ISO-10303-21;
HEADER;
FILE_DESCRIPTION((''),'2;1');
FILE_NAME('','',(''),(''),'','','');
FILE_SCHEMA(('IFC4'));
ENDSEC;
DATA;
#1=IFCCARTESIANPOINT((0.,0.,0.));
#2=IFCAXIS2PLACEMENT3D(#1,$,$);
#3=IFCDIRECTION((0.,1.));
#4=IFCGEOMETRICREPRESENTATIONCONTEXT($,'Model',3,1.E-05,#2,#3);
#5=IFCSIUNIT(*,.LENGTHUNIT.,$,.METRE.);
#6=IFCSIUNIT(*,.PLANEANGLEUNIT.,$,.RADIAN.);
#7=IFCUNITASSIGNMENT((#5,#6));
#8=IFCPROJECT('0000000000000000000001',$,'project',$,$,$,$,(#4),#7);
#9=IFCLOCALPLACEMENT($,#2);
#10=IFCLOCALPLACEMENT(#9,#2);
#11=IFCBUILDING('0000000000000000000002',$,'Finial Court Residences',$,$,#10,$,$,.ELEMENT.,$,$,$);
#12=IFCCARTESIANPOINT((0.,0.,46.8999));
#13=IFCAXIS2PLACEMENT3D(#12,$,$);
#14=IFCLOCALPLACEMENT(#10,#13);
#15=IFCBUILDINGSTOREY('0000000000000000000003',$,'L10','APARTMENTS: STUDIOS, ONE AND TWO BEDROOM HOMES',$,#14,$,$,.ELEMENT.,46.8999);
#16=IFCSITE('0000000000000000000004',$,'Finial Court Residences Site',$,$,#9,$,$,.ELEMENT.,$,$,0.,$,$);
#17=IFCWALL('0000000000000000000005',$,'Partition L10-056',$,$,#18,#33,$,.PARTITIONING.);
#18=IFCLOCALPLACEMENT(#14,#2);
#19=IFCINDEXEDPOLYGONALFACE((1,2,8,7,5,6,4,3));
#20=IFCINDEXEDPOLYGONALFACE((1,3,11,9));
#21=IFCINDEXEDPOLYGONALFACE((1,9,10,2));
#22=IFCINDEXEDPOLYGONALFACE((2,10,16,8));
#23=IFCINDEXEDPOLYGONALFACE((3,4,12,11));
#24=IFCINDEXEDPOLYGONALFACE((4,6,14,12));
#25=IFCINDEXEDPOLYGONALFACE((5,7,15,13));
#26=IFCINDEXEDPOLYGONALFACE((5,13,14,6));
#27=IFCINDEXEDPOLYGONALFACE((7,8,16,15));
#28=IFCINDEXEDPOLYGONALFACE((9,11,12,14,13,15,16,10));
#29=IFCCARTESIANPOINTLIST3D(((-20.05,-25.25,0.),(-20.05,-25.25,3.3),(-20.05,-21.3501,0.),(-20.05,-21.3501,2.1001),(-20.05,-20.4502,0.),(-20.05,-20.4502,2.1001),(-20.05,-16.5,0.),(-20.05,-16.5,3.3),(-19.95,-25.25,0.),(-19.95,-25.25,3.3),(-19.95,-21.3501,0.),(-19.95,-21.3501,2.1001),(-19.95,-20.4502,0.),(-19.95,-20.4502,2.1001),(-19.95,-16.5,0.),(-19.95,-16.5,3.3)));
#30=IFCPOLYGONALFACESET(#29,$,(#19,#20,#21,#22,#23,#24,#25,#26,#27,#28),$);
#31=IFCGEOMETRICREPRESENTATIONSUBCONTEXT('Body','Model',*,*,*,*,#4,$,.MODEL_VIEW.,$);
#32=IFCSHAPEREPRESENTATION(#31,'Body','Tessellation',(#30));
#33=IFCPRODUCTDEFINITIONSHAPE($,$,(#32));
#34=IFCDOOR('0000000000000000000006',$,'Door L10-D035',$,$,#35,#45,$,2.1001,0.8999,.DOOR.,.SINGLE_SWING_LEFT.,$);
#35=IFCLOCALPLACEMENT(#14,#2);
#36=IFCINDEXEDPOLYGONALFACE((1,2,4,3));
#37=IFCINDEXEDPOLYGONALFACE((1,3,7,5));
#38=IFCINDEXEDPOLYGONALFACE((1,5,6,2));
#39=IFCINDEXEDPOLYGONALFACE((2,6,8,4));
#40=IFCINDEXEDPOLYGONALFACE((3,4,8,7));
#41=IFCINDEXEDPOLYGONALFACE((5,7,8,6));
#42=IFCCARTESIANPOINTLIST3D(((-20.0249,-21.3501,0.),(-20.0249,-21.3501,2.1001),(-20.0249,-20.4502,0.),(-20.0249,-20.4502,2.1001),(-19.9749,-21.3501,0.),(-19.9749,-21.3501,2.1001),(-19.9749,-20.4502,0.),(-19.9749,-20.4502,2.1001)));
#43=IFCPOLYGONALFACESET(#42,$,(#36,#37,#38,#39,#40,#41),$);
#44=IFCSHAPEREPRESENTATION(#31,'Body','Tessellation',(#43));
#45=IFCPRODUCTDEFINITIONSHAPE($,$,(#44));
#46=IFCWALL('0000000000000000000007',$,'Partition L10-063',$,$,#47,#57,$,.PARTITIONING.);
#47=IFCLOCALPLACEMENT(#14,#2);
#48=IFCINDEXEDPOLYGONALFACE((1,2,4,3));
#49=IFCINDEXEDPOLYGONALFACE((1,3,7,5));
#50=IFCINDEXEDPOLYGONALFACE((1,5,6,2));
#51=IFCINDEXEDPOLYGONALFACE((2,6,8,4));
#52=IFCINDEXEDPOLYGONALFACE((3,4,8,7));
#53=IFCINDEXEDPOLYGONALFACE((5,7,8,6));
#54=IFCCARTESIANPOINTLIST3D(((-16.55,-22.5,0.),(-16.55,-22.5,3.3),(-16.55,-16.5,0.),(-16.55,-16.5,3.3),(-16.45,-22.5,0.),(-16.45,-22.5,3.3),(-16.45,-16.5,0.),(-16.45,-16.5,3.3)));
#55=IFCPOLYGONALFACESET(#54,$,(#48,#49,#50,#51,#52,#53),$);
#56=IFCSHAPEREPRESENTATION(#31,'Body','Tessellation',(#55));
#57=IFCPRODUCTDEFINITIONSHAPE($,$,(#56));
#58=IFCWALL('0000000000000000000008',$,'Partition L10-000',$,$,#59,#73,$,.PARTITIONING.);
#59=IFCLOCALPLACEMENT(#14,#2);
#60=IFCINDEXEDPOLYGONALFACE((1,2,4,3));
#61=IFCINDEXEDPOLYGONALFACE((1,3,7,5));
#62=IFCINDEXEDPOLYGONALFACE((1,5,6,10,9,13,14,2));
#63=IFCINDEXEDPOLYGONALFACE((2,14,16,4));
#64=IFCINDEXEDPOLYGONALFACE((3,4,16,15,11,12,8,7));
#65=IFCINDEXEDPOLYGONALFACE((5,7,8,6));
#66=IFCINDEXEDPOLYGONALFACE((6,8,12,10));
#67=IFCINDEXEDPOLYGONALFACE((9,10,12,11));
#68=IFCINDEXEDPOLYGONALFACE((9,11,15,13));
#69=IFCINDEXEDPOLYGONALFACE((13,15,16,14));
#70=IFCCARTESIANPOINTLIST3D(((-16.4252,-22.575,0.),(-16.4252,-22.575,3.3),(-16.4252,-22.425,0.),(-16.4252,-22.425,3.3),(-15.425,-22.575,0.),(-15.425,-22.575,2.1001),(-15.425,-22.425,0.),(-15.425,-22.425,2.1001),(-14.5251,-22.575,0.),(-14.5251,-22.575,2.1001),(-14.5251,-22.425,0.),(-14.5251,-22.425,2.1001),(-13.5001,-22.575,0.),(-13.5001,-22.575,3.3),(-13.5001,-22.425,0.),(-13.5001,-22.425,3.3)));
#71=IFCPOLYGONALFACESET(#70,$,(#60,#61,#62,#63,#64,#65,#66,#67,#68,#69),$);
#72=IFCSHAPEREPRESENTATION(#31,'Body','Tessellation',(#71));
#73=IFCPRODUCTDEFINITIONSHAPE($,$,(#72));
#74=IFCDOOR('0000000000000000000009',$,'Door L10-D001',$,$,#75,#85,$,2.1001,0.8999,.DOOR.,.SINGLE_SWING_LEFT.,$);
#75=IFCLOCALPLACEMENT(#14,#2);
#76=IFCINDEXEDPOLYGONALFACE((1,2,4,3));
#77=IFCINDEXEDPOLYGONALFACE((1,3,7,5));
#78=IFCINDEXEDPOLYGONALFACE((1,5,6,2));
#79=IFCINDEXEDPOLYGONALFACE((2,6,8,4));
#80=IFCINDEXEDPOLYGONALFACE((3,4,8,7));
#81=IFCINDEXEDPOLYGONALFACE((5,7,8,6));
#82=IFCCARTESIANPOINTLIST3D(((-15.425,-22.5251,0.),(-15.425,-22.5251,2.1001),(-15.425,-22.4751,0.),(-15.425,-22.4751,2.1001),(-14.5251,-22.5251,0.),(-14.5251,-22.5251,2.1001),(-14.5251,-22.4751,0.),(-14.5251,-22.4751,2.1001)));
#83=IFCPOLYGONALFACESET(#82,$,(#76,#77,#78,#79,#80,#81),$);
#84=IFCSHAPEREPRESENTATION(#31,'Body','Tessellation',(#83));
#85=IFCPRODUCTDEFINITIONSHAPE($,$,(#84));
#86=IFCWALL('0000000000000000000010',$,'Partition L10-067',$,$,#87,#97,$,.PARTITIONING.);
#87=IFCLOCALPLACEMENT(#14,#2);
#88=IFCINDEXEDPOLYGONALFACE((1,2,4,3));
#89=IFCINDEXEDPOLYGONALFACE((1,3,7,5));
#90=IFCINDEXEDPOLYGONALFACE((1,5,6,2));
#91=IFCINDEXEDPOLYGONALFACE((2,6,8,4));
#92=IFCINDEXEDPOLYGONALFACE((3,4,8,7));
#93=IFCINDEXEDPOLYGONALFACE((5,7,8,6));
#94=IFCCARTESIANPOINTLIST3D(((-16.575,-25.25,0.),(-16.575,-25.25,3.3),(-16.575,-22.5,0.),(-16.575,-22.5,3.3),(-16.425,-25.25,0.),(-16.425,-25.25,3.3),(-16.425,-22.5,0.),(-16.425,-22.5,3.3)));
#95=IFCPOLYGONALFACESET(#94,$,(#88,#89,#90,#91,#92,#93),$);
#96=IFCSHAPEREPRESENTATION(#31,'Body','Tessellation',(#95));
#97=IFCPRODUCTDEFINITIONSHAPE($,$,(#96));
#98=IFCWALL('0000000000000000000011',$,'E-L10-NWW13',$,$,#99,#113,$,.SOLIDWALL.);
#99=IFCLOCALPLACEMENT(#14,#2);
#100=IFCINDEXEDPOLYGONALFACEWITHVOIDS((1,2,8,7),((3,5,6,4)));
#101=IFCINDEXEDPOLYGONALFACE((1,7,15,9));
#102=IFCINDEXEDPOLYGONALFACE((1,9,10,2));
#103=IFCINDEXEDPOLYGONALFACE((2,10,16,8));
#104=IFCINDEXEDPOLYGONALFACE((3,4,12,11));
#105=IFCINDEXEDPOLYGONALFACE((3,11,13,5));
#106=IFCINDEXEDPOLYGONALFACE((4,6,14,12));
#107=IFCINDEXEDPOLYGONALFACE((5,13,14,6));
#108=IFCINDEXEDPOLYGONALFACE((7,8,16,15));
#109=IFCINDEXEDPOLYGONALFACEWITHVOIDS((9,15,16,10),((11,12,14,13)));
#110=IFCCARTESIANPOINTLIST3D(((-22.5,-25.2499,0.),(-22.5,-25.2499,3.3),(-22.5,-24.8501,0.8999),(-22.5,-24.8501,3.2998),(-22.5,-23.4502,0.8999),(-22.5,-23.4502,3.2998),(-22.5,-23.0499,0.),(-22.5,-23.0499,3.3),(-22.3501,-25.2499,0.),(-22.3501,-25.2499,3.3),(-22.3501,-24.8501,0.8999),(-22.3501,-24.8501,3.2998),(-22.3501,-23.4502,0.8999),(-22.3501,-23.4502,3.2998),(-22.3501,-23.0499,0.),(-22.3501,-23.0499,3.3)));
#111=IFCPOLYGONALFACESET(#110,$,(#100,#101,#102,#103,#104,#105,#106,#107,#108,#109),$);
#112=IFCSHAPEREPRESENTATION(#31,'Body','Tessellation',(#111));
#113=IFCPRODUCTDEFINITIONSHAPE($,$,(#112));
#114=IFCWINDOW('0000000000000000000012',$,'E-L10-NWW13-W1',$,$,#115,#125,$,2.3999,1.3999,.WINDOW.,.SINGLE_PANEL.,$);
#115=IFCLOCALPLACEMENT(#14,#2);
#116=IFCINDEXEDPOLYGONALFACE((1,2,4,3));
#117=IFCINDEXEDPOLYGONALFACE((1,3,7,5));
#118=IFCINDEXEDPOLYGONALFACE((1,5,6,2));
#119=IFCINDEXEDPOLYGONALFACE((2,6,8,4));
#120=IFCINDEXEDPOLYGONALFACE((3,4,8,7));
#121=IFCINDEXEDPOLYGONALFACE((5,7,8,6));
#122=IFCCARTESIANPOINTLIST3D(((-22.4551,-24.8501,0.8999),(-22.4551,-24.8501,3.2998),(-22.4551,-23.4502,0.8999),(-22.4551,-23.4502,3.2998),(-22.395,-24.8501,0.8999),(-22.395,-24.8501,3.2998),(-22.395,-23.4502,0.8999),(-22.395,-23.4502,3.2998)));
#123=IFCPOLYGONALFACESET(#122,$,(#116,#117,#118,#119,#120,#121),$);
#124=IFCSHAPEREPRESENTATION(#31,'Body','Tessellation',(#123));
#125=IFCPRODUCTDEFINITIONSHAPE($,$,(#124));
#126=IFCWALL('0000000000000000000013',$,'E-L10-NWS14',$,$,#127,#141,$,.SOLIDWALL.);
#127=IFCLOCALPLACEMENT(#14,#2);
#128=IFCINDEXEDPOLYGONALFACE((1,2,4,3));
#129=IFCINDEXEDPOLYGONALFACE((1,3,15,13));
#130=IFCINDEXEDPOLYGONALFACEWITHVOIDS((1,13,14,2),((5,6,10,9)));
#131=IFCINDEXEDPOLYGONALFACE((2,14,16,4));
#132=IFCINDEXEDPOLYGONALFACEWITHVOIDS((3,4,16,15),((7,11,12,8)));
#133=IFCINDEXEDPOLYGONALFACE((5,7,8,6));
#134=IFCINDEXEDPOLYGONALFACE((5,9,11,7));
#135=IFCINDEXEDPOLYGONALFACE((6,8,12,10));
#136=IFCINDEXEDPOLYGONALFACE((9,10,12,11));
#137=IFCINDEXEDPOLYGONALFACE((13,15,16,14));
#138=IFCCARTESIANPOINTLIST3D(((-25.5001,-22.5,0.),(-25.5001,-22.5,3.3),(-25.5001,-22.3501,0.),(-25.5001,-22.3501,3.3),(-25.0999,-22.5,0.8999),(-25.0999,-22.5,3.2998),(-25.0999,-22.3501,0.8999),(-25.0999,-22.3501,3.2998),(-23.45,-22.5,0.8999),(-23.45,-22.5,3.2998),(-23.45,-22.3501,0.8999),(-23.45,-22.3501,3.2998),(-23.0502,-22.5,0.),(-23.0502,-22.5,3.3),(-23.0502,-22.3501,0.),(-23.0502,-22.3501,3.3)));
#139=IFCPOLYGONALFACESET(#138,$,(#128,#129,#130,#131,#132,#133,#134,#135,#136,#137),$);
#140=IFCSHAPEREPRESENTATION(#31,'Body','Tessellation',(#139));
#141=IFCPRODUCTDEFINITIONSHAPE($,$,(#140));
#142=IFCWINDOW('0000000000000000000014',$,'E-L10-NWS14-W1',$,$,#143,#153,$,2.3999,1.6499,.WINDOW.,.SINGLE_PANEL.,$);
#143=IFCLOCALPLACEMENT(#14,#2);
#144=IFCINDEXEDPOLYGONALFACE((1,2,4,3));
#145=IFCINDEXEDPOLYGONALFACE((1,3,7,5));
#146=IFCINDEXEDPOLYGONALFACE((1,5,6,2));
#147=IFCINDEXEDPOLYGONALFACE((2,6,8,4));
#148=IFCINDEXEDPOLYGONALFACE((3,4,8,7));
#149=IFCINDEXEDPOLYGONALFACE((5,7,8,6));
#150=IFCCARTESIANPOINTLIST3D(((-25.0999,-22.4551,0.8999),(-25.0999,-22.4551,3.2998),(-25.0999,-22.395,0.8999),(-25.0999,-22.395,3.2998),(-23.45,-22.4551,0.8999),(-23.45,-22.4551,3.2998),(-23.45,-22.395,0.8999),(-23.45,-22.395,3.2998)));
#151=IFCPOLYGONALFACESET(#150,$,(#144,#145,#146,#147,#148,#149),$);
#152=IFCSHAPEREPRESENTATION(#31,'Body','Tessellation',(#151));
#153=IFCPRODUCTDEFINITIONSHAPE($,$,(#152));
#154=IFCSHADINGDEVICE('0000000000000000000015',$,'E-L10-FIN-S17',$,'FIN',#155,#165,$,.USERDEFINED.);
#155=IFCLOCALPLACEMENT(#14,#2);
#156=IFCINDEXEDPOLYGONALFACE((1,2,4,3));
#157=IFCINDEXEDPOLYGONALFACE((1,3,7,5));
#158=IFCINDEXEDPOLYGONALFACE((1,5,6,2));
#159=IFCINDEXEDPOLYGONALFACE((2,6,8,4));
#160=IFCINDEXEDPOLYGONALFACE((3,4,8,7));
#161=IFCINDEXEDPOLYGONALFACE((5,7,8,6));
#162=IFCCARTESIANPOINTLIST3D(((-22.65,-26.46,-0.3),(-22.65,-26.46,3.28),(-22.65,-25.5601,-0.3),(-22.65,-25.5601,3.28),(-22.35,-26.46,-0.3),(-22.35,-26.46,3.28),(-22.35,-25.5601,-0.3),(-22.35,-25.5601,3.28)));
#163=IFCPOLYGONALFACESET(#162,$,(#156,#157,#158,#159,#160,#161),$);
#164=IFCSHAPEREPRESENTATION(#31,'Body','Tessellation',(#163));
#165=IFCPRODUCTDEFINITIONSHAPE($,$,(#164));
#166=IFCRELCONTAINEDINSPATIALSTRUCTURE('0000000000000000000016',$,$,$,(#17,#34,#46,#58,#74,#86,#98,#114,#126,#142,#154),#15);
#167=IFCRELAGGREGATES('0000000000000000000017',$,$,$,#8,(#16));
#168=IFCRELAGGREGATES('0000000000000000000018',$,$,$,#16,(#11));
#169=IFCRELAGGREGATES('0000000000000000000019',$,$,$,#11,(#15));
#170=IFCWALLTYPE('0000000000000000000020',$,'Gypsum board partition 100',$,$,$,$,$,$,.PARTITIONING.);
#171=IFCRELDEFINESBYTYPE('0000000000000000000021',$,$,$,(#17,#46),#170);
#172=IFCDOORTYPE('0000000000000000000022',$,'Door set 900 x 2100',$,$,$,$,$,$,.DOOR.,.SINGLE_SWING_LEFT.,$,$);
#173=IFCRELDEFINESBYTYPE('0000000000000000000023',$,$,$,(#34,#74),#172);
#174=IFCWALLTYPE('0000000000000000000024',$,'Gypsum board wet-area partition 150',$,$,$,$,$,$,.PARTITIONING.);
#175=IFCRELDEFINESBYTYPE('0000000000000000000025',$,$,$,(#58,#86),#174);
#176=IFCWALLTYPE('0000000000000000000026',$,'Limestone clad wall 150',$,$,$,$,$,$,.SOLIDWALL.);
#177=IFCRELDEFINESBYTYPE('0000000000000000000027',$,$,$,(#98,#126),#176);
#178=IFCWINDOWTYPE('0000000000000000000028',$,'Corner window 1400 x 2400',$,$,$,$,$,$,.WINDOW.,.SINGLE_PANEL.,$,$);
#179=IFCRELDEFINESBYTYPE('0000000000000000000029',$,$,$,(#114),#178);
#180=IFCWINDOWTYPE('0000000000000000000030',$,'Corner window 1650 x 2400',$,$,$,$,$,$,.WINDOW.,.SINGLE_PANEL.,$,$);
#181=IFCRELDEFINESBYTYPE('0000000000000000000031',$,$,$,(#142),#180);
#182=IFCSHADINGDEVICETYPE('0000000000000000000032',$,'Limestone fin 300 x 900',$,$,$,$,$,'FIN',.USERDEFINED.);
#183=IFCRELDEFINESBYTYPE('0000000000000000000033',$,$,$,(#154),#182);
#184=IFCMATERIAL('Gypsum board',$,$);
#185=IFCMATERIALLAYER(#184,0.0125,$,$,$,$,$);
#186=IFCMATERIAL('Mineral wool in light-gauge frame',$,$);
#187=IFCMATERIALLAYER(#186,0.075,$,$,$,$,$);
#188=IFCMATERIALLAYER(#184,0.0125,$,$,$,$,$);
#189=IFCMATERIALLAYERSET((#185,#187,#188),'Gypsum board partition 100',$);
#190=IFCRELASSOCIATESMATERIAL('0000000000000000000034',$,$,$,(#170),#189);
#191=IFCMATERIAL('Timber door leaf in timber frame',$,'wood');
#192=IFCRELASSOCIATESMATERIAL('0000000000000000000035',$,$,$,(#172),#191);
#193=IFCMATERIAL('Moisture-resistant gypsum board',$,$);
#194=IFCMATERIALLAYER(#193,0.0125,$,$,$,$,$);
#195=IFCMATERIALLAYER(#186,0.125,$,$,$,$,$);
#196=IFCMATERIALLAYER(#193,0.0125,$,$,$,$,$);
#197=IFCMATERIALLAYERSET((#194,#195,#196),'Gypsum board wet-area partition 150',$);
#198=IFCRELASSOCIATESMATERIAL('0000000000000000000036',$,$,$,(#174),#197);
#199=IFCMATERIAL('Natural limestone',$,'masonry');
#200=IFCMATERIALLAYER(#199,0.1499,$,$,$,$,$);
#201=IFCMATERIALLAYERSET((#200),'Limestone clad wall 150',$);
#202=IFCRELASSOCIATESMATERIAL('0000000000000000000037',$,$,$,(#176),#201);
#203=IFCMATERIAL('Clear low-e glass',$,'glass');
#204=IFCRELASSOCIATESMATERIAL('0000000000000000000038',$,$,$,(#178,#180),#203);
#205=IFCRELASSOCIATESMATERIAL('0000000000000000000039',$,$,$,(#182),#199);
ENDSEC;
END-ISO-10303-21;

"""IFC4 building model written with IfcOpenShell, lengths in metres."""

from ifc_helpers import new_model, si_unit, direction, frame, frame_2d, origin, origin_2d, place, context, subcontext, project, spatial, rectangle, extrude, material, layer, layer_set, type_object, element, fill, save


model = new_model("IFC4")

# Units and contexts
model_context = context("Model", 3, precision=1e-05, world=origin(), true_north=direction((0.0, 1.0)))
body_context = subcontext(model_context, "Body", "Model", "MODEL_VIEW")
ifc_project = project(units=[si_unit("LENGTHUNIT", "METRE"), si_unit("PLANEANGLEUNIT", "RADIAN")], contexts=[model_context])

# Site, building, storey
site_placement = place(None, origin())
site = spatial("IfcSite", under=ifc_project, at=site_placement, Name="Finial Court Residences Site", CompositionType="ELEMENT", RefElevation=0.0)
building_placement = place(site_placement, origin())
building = spatial("IfcBuilding", under=site, at=building_placement, Name="Finial Court Residences", CompositionType="ELEMENT")
storey_placement = place(building_placement, frame((0.0, 0.0, 46.8999)))
storey = spatial("IfcBuildingStorey", under=building, at=storey_placement, Name="L10", Description="APARTMENTS: STUDIOS, ONE AND TWO BEDROOM HOMES", CompositionType="ELEMENT", Elevation=46.8999)

# Shared definitions
ifc_material_1 = material(Name="Clear low-e glass", Category="glass")

# Wall, opening, door
ifc_material_2 = material(Name="Gypsum board")
ifc_layer_1 = layer(ifc_material_2, 0.0125)
ifc_material_3 = material(Name="Mineral wool in light-gauge frame")
ifc_layer_2 = layer(ifc_material_3, 0.075)
ifc_layer_3 = layer(ifc_material_2, 0.0125)
ifc_layer_set_1 = layer_set([ifc_layer_1, ifc_layer_2, ifc_layer_3], Name="Gypsum board partition 100")
wall_type_1 = type_object("IfcWallType", Name="Gypsum board partition 100", PredefinedType="PARTITIONING", material=ifc_layer_set_1)
wall_1_placement = place(storey_placement, frame((-20.0, -25.25, 0.0), z_axis=(0.0, 0.0, 1.0), x_axis=(0.0, 1.0, 0.0)))
wall_1 = element("IfcWall", 1, at=wall_1_placement, inside=storey, type_object=wall_type_1, Name="Partition L10-056", PredefinedType="PARTITIONING", context=body_context, shape_type="SweptSolid", body=[
    extrude(rectangle(XDim=8.75, YDim=0.1001, at=frame_2d((4.375, 0.0))), origin(), (0.0, 0.0, 1.0), 3.3),
])
opening_1_placement = place(wall_1_placement, frame((3.8999, 0.0, 0.0)))
opening_1 = element("IfcOpeningElement", 2, at=opening_1_placement, cuts=wall_1, PredefinedType="OPENING", context=body_context, shape_type="SweptSolid", body=[
    extrude(rectangle(XDim=0.8999, YDim=2.1001, at=frame_2d((0.45, 1.05))), frame((0.0, 0.0601, 0.0), z_axis=(0.0, -1.0, 0.0), x_axis=(1.0, 0.0, 0.0)), (0.0, 0.0, 1.0), 0.1201),
])
ifc_material_4 = material(Name="Timber door leaf in timber frame", Category="wood")
door_type = type_object("IfcDoorType", Name="Door set 900 x 2100", OperationType="SINGLE_SWING_LEFT", PredefinedType="DOOR", material=ifc_material_4)
door_1_placement = place(opening_1_placement, origin())
door_1 = element("IfcDoor", 3, at=door_1_placement, inside=storey, type_object=door_type, Name="Door L10-D035", OperationType="SINGLE_SWING_LEFT", OverallHeight=2.1001, OverallWidth=0.8999, PredefinedType="DOOR", context=body_context, shape_type="SweptSolid", body=[
    extrude(rectangle(XDim=0.8999, YDim=2.1001, at=frame_2d((0.45, 1.05))), frame((0.0, 0.0249, 0.0), z_axis=(0.0, -1.0, 0.0), x_axis=(1.0, 0.0, 0.0)), (0.0, 0.0, 1.0), 0.05),
])
fill(opening_1, door_1)

# Wall
wall_2_placement = place(storey_placement, frame((-16.5, -22.5, 0.0), z_axis=(0.0, 0.0, 1.0), x_axis=(0.0, 1.0, 0.0)))
element("IfcWall", 4, at=wall_2_placement, inside=storey, type_object=wall_type_1, Name="Partition L10-063", PredefinedType="PARTITIONING", context=body_context, shape_type="SweptSolid", body=[
    extrude(rectangle(XDim=6.0, YDim=0.1001, at=frame_2d((3.0, 0.0))), origin(), (0.0, 0.0, 1.0), 3.3),
])

# Wall, opening, door
ifc_material_5 = material(Name="Moisture-resistant gypsum board")
ifc_layer_4 = layer(ifc_material_5, 0.0125)
ifc_layer_5 = layer(ifc_material_3, 0.125)
ifc_layer_6 = layer(ifc_material_5, 0.0125)
ifc_layer_set_2 = layer_set([ifc_layer_4, ifc_layer_5, ifc_layer_6], Name="Gypsum board wet-area partition 150")
wall_type_2 = type_object("IfcWallType", Name="Gypsum board wet-area partition 150", PredefinedType="PARTITIONING", material=ifc_layer_set_2)
wall_3_placement = place(storey_placement, frame((-16.425, -22.5, 0.0), z_axis=(0.0, 0.0, 1.0), x_axis=(1.0, 0.0, 0.0)))
wall_3 = element("IfcWall", 5, at=wall_3_placement, inside=storey, type_object=wall_type_2, Name="Partition L10-000", PredefinedType="PARTITIONING", context=body_context, shape_type="SweptSolid", body=[
    extrude(rectangle(XDim=2.925, YDim=0.1499, at=frame_2d((1.4624, 0.0))), origin(), (0.0, 0.0, 1.0), 3.3),
])
opening_2_placement = place(wall_3_placement, frame((1.0, 0.0, 0.0)))
opening_2 = element("IfcOpeningElement", 6, at=opening_2_placement, cuts=wall_3, PredefinedType="OPENING", context=body_context, shape_type="SweptSolid", body=[
    extrude(rectangle(XDim=0.8999, YDim=2.1001, at=frame_2d((0.45, 1.05))), frame((0.0, 0.085, 0.0), z_axis=(0.0, -1.0, 0.0), x_axis=(1.0, 0.0, 0.0)), (0.0, 0.0, 1.0), 0.1699),
])
door_2_placement = place(opening_2_placement, origin())
door_2 = element("IfcDoor", 7, at=door_2_placement, inside=storey, type_object=door_type, Name="Door L10-D001", OperationType="SINGLE_SWING_LEFT", OverallHeight=2.1001, OverallWidth=0.8999, PredefinedType="DOOR", context=body_context, shape_type="SweptSolid", body=[
    extrude(rectangle(XDim=0.8999, YDim=2.1001, at=frame_2d((0.45, 1.05))), frame((0.0, 0.0249, 0.0), z_axis=(0.0, -1.0, 0.0), x_axis=(1.0, 0.0, 0.0)), (0.0, 0.0, 1.0), 0.05),
])
fill(opening_2, door_2)

# Wall
wall_4_placement = place(storey_placement, frame((-16.5, -25.25, 0.0), z_axis=(0.0, 0.0, 1.0), x_axis=(0.0, 1.0, 0.0)))
element("IfcWall", 8, at=wall_4_placement, inside=storey, type_object=wall_type_2, Name="Partition L10-067", PredefinedType="PARTITIONING", context=body_context, shape_type="SweptSolid", body=[
    extrude(rectangle(XDim=2.75, YDim=0.1499, at=frame_2d((1.375, 0.0))), origin(), (0.0, 0.0, 1.0), 3.3),
])

# Walls, openings, windows
ifc_material_6 = material(Name="Natural limestone", Category="masonry")
ifc_layer_7 = layer(ifc_material_6, 0.1499)
ifc_layer_set_3 = layer_set([ifc_layer_7], Name="Limestone clad wall 150")
wall_type_3 = type_object("IfcWallType", Name="Limestone clad wall 150", PredefinedType="SOLIDWALL", material=ifc_layer_set_3)
wall_5_placement = place(storey_placement, frame((-22.425, -25.25, 0.0), z_axis=(0.0, 0.0, 1.0), x_axis=(0.0, 1.0, 0.0)))
wall_5 = element("IfcWall", 9, at=wall_5_placement, inside=storey, type_object=wall_type_3, Name="E-L10-NWW13", PredefinedType="SOLIDWALL", context=body_context, shape_type="SweptSolid", body=[
    extrude(rectangle(XDim=2.2, YDim=0.1499, at=frame_2d((1.1001, 0.0))), origin(), (0.0, 0.0, 1.0), 3.3),
])
opening_3_placement = place(wall_5_placement, frame((0.3999, 0.0, 0.8999)))
opening_3 = element("IfcOpeningElement", 10, at=opening_3_placement, cuts=wall_5, PredefinedType="OPENING", context=body_context, shape_type="SweptSolid", body=[
    extrude(rectangle(XDim=1.3999, YDim=2.3999, at=frame_2d((0.7, 1.2))), frame((0.0, 0.085, 0.0), z_axis=(0.0, -1.0, 0.0), x_axis=(1.0, 0.0, 0.0)), (0.0, 0.0, 1.0), 0.1699),
])
window_type_1 = type_object("IfcWindowType", Name="Corner window 1400 x 2400", PartitioningType="SINGLE_PANEL", PredefinedType="WINDOW", material=ifc_material_1)
window_1_placement = place(opening_3_placement, origin())
window_1 = element("IfcWindow", 11, at=window_1_placement, inside=storey, type_object=window_type_1, Name="E-L10-NWW13-W1", OverallHeight=2.3999, OverallWidth=1.3999, PartitioningType="SINGLE_PANEL", PredefinedType="WINDOW", context=body_context, shape_type="SweptSolid", body=[
    extrude(rectangle(XDim=1.3999, YDim=2.3999, at=frame_2d((0.7, 1.2))), frame((0.0, 0.03, 0.0), z_axis=(0.0, -1.0, 0.0), x_axis=(1.0, 0.0, 0.0)), (0.0, 0.0, 1.0), 0.0601),
])
fill(opening_3, window_1)
wall_6_placement = place(storey_placement, frame((-23.05, -22.425, 0.0), z_axis=(0.0, 0.0, 1.0), x_axis=(-1.0, 0.0, 0.0)))
wall_6 = element("IfcWall", 12, at=wall_6_placement, inside=storey, type_object=wall_type_3, Name="E-L10-NWS14", PredefinedType="SOLIDWALL", context=body_context, shape_type="SweptSolid", body=[
    extrude(rectangle(XDim=2.45, YDim=0.1499, at=frame_2d((1.2251, 0.0))), origin(), (0.0, 0.0, 1.0), 3.3),
])
opening_4_placement = place(wall_6_placement, frame((0.3999, 0.0, 0.8999)))
opening_4 = element("IfcOpeningElement", 13, at=opening_4_placement, cuts=wall_6, PredefinedType="OPENING", context=body_context, shape_type="SweptSolid", body=[
    extrude(rectangle(XDim=1.6499, YDim=2.3999, at=frame_2d((0.825, 1.2))), frame((0.0, 0.085, 0.0), z_axis=(0.0, -1.0, 0.0), x_axis=(1.0, 0.0, 0.0)), (0.0, 0.0, 1.0), 0.1699),
])
window_type_2 = type_object("IfcWindowType", Name="Corner window 1650 x 2400", PartitioningType="SINGLE_PANEL", PredefinedType="WINDOW", material=ifc_material_1)
window_2_placement = place(opening_4_placement, origin())
window_2 = element("IfcWindow", 14, at=window_2_placement, inside=storey, type_object=window_type_2, Name="E-L10-NWS14-W1", OverallHeight=2.3999, OverallWidth=1.6499, PartitioningType="SINGLE_PANEL", PredefinedType="WINDOW", context=body_context, shape_type="SweptSolid", body=[
    extrude(rectangle(XDim=1.6499, YDim=2.3999, at=frame_2d((0.825, 1.2))), frame((0.0, 0.03, 0.0), z_axis=(0.0, -1.0, 0.0), x_axis=(1.0, 0.0, 0.0)), (0.0, 0.0, 1.0), 0.0601),
])
fill(opening_4, window_2)

# Shading device
shading_device_type = type_object("IfcShadingDeviceType", Name="Limestone fin 300 x 900", ElementType="FIN", PredefinedType="USERDEFINED", material=ifc_material_6)
for number, where, z_axis, x_axis, name in (
    (15, (-22.5, -26.01, -0.3), (0.0, 0.0, 1.0), (1.0, 0.0, 0.0), "E-L10-FIN-S17"),
):
    element("IfcShadingDevice", number, at=place(storey_placement, frame(where, z_axis=z_axis, x_axis=x_axis)), inside=storey, type_object=shading_device_type, Name=name, ObjectType="FIN", PredefinedType="USERDEFINED", context=body_context, shape_type="SweptSolid", body=[
        extrude(rectangle(XDim=0.3, YDim=0.8999, at=origin_2d()), origin(), (0.0, 0.0, 1.0), 3.5801),
    ])

save(model, "model.ifc")
